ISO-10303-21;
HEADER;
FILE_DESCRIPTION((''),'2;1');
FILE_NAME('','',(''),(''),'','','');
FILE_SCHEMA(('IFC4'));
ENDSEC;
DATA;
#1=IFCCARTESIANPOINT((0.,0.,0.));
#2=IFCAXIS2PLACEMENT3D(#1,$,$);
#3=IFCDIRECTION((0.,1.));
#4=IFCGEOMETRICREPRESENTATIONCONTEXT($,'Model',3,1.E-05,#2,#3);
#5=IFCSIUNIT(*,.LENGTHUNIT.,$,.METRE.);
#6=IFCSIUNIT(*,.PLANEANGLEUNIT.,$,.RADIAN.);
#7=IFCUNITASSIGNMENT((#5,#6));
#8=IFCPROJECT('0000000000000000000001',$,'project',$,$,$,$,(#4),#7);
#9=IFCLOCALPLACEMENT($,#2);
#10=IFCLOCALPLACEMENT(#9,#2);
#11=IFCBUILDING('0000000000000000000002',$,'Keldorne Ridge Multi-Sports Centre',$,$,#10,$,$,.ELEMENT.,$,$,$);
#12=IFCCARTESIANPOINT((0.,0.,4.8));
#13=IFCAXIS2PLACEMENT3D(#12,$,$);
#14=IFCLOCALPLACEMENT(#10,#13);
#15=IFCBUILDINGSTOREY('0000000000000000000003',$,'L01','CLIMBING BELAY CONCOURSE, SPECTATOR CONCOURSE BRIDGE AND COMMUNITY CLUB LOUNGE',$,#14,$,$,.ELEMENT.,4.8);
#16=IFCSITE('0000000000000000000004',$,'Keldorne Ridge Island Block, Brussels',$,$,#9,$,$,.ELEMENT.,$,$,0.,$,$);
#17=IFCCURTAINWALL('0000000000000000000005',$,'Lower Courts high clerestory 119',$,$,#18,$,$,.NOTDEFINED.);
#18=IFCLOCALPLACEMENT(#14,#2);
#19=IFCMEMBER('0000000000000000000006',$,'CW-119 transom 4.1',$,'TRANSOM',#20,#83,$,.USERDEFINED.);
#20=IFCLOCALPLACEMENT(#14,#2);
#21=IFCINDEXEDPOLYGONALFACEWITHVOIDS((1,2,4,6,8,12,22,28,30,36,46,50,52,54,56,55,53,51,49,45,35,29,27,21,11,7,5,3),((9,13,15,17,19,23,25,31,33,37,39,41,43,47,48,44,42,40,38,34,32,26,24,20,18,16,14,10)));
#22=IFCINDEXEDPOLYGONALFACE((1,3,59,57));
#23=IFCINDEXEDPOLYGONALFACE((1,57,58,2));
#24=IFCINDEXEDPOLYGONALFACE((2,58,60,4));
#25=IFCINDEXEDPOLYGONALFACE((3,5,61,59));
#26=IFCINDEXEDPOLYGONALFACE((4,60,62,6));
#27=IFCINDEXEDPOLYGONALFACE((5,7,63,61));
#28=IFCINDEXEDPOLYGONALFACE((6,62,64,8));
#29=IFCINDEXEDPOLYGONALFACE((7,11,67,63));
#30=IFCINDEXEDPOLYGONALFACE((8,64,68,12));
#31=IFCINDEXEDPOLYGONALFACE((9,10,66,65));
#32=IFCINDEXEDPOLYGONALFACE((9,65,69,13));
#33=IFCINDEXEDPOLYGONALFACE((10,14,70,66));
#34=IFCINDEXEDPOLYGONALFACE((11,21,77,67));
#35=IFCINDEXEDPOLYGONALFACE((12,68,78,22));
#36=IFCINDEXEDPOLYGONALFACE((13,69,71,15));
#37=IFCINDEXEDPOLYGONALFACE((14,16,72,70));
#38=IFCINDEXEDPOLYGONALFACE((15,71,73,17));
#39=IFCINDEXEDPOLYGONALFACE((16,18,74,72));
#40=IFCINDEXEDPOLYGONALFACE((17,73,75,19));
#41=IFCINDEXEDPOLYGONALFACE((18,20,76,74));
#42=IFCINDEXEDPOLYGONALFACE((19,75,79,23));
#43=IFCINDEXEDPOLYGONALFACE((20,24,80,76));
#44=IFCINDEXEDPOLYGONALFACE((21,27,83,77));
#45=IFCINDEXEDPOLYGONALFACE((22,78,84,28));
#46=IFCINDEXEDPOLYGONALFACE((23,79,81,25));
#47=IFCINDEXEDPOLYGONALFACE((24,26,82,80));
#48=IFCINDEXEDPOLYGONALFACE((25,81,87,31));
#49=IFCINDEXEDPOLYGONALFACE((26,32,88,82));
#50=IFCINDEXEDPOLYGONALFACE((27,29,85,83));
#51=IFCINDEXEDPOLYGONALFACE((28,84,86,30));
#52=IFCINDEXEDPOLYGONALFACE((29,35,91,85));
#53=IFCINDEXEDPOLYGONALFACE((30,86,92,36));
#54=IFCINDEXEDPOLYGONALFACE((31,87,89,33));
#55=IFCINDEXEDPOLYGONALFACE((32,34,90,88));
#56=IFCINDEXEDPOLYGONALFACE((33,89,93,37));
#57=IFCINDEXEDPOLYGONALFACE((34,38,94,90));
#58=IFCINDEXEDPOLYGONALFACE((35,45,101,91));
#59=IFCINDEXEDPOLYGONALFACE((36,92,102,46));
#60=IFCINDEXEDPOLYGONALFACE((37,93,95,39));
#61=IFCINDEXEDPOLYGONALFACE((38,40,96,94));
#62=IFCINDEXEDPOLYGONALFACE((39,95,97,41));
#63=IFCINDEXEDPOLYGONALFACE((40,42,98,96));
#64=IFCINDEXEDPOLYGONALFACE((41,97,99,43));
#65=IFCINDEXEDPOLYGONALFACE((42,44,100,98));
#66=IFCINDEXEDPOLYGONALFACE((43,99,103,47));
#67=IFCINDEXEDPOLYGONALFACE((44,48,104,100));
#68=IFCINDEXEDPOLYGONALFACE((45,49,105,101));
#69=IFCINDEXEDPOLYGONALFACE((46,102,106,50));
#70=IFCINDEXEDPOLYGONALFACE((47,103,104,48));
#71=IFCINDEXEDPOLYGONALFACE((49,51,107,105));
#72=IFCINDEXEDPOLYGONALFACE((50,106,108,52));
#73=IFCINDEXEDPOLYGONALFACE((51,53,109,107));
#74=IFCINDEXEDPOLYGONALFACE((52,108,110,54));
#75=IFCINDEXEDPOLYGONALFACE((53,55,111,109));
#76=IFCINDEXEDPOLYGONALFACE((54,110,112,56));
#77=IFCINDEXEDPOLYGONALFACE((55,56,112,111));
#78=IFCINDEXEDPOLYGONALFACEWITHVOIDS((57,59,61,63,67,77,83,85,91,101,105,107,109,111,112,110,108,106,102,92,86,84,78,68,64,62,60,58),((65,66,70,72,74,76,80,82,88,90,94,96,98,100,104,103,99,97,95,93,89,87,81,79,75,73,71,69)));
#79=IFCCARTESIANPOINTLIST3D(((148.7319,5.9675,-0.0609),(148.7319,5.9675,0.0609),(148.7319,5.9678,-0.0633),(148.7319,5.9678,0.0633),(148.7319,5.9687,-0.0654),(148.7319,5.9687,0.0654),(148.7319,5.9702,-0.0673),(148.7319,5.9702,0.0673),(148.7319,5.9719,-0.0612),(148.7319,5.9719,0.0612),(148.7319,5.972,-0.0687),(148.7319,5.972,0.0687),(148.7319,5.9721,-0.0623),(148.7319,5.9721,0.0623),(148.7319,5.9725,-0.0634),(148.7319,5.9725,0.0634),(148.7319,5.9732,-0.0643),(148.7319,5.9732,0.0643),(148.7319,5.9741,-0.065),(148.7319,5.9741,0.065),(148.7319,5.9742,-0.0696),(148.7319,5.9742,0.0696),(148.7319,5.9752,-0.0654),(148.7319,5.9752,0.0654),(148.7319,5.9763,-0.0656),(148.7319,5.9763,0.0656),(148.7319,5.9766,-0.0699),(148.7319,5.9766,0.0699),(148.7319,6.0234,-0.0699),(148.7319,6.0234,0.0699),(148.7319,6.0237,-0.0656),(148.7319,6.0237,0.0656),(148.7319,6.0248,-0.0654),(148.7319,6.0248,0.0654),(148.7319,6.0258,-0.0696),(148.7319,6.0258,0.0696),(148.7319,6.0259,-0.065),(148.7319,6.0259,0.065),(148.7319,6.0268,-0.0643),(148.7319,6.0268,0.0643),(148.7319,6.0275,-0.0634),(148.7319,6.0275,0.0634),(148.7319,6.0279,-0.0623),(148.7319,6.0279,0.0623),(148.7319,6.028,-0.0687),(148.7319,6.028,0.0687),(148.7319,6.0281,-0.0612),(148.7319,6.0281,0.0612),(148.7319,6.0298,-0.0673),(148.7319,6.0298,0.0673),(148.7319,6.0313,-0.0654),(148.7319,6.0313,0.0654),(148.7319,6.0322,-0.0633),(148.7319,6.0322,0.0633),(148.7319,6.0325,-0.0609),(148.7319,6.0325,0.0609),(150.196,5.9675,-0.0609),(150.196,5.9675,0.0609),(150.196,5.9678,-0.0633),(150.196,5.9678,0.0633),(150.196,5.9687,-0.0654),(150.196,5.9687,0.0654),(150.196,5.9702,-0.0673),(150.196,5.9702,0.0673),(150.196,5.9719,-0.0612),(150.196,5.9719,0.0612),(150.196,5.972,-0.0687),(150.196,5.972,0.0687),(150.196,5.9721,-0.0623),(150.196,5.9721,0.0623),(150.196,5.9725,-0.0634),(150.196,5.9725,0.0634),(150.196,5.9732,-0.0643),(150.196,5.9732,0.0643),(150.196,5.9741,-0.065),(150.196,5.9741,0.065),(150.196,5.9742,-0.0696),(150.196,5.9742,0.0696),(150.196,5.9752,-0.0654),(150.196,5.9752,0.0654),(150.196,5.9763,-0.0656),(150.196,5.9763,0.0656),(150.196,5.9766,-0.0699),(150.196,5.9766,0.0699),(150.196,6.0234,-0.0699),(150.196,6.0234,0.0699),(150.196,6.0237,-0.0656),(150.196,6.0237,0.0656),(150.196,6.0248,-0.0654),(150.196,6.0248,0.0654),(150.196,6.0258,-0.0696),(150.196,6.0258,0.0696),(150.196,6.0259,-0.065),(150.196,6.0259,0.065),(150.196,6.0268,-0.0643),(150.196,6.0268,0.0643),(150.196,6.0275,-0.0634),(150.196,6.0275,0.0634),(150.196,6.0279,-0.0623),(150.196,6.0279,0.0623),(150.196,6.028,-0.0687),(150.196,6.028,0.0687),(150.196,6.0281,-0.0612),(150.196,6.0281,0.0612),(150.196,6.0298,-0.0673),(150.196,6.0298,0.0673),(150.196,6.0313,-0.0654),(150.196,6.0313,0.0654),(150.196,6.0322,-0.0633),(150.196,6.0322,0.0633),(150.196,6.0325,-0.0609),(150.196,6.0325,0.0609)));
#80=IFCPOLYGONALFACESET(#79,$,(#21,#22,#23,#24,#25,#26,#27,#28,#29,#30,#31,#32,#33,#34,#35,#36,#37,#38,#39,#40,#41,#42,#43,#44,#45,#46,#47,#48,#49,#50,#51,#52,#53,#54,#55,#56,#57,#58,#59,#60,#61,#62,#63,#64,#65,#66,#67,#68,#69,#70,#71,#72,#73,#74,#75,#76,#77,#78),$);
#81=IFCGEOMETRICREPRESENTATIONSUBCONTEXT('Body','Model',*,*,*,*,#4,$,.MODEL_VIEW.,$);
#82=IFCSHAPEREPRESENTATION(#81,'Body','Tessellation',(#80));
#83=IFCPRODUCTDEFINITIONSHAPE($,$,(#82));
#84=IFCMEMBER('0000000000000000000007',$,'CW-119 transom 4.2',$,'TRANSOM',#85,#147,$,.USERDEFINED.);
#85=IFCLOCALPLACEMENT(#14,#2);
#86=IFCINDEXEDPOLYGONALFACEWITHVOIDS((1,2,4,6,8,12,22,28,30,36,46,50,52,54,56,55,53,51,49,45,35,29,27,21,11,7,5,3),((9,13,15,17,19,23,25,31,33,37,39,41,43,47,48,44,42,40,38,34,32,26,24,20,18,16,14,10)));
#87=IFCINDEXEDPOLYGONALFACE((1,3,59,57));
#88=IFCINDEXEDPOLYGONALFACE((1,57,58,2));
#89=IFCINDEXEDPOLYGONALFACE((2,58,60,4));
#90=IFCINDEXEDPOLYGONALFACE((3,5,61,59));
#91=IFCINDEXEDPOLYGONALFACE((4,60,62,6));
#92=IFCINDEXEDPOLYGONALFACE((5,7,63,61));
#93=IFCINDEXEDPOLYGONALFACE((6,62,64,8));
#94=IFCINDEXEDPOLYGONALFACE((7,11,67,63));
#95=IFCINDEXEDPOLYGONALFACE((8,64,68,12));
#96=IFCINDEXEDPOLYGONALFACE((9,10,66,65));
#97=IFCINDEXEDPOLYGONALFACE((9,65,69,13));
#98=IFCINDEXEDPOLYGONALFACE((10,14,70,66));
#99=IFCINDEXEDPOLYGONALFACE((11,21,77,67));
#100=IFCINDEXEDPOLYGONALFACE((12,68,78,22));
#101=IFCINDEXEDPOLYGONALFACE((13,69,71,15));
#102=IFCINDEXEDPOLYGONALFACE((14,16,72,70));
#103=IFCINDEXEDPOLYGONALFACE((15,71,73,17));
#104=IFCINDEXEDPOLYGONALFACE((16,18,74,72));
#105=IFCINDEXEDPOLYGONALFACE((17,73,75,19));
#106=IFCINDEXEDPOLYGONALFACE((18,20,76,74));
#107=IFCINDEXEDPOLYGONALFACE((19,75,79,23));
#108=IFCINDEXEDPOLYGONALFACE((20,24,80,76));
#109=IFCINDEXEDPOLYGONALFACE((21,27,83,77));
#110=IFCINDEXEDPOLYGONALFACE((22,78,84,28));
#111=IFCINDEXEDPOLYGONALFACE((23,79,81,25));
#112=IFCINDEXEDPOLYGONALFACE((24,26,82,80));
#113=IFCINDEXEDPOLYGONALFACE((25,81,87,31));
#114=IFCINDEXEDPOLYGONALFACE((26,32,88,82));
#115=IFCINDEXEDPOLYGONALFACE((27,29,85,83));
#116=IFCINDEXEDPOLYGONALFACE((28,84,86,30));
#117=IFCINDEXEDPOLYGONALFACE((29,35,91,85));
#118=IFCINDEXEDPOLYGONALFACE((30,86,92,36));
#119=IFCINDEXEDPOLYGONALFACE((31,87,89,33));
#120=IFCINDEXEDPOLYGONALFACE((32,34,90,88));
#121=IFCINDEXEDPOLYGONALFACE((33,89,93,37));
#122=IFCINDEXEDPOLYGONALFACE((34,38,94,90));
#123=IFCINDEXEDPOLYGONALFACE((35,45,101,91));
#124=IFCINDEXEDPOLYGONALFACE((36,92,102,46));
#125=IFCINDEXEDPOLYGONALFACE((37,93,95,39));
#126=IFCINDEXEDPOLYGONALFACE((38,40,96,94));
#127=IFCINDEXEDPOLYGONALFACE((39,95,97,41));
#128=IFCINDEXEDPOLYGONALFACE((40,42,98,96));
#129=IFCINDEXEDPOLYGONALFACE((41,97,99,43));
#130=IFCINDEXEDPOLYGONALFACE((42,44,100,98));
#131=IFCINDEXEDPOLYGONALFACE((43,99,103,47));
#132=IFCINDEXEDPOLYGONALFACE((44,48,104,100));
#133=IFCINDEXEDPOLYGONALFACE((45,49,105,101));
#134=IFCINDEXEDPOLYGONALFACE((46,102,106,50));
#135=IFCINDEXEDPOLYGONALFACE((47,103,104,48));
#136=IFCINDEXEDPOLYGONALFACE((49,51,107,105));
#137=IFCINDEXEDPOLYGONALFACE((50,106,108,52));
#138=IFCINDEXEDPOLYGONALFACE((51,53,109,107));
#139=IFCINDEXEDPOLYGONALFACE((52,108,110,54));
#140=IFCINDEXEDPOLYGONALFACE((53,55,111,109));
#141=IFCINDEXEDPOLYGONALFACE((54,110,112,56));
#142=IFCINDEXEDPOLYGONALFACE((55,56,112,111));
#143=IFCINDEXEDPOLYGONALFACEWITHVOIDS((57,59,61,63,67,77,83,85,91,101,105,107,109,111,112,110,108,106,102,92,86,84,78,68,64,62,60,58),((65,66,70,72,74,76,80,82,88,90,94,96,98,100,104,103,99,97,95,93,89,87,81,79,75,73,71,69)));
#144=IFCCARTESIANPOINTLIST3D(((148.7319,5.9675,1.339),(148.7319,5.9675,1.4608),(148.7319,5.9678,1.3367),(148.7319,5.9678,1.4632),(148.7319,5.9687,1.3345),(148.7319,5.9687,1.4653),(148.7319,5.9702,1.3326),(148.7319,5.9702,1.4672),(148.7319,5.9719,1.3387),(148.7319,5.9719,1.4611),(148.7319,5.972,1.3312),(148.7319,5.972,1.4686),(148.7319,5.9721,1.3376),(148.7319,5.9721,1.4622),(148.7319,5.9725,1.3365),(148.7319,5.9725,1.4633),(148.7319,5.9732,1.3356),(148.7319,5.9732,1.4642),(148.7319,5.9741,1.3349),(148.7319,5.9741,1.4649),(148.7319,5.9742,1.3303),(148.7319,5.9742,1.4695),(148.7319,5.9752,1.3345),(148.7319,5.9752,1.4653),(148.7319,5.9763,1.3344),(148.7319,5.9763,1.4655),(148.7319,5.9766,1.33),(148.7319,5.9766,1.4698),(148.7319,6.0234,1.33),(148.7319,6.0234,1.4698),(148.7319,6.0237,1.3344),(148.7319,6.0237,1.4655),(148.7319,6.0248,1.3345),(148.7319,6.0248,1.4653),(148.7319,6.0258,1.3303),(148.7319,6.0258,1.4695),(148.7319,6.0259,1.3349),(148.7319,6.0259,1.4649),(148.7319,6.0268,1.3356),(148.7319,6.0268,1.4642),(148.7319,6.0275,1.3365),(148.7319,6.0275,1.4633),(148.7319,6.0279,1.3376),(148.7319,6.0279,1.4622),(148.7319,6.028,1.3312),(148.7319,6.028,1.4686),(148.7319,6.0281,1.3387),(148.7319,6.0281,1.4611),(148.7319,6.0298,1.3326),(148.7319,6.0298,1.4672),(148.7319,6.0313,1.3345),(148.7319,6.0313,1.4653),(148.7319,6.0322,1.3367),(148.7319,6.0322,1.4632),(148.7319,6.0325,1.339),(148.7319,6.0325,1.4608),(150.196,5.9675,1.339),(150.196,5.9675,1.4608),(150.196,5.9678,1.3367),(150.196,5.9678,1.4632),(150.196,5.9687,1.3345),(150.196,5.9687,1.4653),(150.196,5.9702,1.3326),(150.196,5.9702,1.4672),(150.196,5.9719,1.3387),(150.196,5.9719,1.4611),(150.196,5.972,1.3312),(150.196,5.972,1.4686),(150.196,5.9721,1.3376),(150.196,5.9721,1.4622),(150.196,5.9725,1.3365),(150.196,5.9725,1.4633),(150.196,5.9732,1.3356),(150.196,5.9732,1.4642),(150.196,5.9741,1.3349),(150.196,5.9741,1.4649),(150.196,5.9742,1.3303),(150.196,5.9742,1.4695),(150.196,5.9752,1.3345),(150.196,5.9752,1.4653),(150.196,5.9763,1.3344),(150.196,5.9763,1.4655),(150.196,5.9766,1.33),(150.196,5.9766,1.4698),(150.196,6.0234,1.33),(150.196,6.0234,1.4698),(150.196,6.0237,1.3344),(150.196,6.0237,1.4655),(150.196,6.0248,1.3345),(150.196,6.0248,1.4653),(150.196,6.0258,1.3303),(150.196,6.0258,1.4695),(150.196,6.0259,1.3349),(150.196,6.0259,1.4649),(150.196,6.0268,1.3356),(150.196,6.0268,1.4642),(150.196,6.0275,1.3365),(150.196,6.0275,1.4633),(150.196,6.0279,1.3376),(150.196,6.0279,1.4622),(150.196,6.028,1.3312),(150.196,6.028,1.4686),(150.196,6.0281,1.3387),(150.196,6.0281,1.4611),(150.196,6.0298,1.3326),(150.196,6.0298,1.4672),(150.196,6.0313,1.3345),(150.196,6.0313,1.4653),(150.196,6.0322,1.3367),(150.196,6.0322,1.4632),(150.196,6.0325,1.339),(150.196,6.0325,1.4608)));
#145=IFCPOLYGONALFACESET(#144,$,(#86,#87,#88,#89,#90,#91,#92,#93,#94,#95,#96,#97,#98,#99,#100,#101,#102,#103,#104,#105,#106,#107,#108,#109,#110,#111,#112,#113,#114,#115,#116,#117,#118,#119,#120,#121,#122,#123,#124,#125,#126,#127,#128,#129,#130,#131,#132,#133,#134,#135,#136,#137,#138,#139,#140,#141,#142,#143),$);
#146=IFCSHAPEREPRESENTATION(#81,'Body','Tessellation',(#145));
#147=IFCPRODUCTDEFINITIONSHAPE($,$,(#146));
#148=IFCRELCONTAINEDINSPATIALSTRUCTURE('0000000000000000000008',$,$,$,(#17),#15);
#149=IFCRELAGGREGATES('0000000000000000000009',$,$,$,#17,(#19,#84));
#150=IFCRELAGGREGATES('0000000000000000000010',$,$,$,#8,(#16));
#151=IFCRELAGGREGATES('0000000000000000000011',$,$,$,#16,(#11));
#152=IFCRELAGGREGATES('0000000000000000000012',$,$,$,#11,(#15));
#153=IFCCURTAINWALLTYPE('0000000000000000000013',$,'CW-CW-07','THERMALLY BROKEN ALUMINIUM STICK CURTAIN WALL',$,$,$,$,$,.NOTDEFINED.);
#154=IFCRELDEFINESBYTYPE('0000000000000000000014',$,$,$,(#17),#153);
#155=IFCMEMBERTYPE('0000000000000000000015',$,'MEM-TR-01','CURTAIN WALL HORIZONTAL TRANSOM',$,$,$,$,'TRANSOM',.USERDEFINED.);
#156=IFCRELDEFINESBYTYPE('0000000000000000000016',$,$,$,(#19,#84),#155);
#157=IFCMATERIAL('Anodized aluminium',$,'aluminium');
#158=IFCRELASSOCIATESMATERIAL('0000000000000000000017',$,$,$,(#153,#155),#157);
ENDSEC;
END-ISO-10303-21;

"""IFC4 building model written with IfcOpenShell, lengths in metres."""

from ifc_helpers import new_model, si_unit, direction, frame, origin, origin_2d, place, context, subcontext, project, spatial, hollow_rectangle, extrude, material, material_profile, profile_set, type_object, element, aggregate, save


model = new_model("IFC4")

# Units and contexts
model_context = context("Model", 3, precision=1e-05, world=origin(), true_north=direction((0.0, 1.0)))
body_context = subcontext(model_context, "Body", "Model", "MODEL_VIEW")
ifc_project = project(units=[si_unit("LENGTHUNIT", "METRE"), si_unit("PLANEANGLEUNIT", "RADIAN")], contexts=[model_context])

# Site, building, storey
site_placement = place(None, origin())
site = spatial("IfcSite", under=ifc_project, at=site_placement, Name="Keldorne Ridge Island Block, Brussels", CompositionType="ELEMENT", RefElevation=0.0)
building_placement = place(site_placement, origin())
building = spatial("IfcBuilding", under=site, at=building_placement, Name="Keldorne Ridge Multi-Sports Centre", CompositionType="ELEMENT")
storey_placement = place(building_placement, frame((0.0, 0.0, 4.8)))
storey = spatial("IfcBuildingStorey", under=building, at=storey_placement, Name="L01", Description="CLIMBING BELAY CONCOURSE, SPECTATOR CONCOURSE BRIDGE AND COMMUNITY CLUB LOUNGE", CompositionType="ELEMENT", Elevation=4.8)

# Curtain wall, members
ifc_material_1 = material(Name="Anodized aluminium", Category="aluminium")
curtain_wall_type = type_object("IfcCurtainWallType", Name="CW-CW-07", Description="THERMALLY BROKEN ALUMINIUM STICK CURTAIN WALL", PredefinedType="NOTDEFINED", material=ifc_material_1)
curtain_wall_placement = place(storey_placement, origin())
curtain_wall = element("IfcCurtainWall", 1, at=curtain_wall_placement, inside=storey, type_object=curtain_wall_type, Name="Lower Courts high clerestory 119", PredefinedType="NOTDEFINED")
ifc_material_profile_1 = material_profile(ifc_material_1, hollow_rectangle(XDim=0.0649, YDim=0.1399, WallThickness=0.0044, InnerFilletRadius=0.0044, OuterFilletRadius=0.009, at=origin_2d()), Name="ALU TRANSOM 140x65x4.5")
ifc_profile_set_1 = profile_set([ifc_material_profile_1], Name="Anodized aluminium")
member_type_1 = type_object("IfcMemberType", Name="MEM-TR-01", Description="CURTAIN WALL HORIZONTAL TRANSOM", ElementType="TRANSOM", PredefinedType="USERDEFINED", material=ifc_profile_set_1)
member_1_placement = place(storey_placement, frame((148.7319, 6.0, 0.0), z_axis=(1.0, 0.0, 0.0), x_axis=(0.0, 1.0, 0.0)))
member_1 = element("IfcMember", 2, at=member_1_placement, type_object=member_type_1, Name="CW-119 transom 4.1", ObjectType="TRANSOM", PredefinedType="USERDEFINED", context=body_context, shape_type="SweptSolid", body=[
    extrude(hollow_rectangle(XDim=0.0649, YDim=0.1399, WallThickness=0.0044, InnerFilletRadius=0.0044, OuterFilletRadius=0.009, at=origin_2d()), origin(), (0.0, 0.0, 1.0), 1.4641),
])
member_2_placement = place(storey_placement, frame((148.7319, 6.0, 1.3999), z_axis=(1.0, 0.0, 0.0), x_axis=(0.0, 1.0, 0.0)))
member_2 = element("IfcMember", 3, at=member_2_placement, type_object=member_type_1, Name="CW-119 transom 4.2", ObjectType="TRANSOM", PredefinedType="USERDEFINED", context=body_context, shape_type="SweptSolid", body=[
    extrude(hollow_rectangle(XDim=0.0649, YDim=0.1399, WallThickness=0.0044, InnerFilletRadius=0.0044, OuterFilletRadius=0.009, at=origin_2d()), origin(), (0.0, 0.0, 1.0), 1.4641),
])
aggregate(curtain_wall, [member_1, member_2])

save(model, "model.ifc")
